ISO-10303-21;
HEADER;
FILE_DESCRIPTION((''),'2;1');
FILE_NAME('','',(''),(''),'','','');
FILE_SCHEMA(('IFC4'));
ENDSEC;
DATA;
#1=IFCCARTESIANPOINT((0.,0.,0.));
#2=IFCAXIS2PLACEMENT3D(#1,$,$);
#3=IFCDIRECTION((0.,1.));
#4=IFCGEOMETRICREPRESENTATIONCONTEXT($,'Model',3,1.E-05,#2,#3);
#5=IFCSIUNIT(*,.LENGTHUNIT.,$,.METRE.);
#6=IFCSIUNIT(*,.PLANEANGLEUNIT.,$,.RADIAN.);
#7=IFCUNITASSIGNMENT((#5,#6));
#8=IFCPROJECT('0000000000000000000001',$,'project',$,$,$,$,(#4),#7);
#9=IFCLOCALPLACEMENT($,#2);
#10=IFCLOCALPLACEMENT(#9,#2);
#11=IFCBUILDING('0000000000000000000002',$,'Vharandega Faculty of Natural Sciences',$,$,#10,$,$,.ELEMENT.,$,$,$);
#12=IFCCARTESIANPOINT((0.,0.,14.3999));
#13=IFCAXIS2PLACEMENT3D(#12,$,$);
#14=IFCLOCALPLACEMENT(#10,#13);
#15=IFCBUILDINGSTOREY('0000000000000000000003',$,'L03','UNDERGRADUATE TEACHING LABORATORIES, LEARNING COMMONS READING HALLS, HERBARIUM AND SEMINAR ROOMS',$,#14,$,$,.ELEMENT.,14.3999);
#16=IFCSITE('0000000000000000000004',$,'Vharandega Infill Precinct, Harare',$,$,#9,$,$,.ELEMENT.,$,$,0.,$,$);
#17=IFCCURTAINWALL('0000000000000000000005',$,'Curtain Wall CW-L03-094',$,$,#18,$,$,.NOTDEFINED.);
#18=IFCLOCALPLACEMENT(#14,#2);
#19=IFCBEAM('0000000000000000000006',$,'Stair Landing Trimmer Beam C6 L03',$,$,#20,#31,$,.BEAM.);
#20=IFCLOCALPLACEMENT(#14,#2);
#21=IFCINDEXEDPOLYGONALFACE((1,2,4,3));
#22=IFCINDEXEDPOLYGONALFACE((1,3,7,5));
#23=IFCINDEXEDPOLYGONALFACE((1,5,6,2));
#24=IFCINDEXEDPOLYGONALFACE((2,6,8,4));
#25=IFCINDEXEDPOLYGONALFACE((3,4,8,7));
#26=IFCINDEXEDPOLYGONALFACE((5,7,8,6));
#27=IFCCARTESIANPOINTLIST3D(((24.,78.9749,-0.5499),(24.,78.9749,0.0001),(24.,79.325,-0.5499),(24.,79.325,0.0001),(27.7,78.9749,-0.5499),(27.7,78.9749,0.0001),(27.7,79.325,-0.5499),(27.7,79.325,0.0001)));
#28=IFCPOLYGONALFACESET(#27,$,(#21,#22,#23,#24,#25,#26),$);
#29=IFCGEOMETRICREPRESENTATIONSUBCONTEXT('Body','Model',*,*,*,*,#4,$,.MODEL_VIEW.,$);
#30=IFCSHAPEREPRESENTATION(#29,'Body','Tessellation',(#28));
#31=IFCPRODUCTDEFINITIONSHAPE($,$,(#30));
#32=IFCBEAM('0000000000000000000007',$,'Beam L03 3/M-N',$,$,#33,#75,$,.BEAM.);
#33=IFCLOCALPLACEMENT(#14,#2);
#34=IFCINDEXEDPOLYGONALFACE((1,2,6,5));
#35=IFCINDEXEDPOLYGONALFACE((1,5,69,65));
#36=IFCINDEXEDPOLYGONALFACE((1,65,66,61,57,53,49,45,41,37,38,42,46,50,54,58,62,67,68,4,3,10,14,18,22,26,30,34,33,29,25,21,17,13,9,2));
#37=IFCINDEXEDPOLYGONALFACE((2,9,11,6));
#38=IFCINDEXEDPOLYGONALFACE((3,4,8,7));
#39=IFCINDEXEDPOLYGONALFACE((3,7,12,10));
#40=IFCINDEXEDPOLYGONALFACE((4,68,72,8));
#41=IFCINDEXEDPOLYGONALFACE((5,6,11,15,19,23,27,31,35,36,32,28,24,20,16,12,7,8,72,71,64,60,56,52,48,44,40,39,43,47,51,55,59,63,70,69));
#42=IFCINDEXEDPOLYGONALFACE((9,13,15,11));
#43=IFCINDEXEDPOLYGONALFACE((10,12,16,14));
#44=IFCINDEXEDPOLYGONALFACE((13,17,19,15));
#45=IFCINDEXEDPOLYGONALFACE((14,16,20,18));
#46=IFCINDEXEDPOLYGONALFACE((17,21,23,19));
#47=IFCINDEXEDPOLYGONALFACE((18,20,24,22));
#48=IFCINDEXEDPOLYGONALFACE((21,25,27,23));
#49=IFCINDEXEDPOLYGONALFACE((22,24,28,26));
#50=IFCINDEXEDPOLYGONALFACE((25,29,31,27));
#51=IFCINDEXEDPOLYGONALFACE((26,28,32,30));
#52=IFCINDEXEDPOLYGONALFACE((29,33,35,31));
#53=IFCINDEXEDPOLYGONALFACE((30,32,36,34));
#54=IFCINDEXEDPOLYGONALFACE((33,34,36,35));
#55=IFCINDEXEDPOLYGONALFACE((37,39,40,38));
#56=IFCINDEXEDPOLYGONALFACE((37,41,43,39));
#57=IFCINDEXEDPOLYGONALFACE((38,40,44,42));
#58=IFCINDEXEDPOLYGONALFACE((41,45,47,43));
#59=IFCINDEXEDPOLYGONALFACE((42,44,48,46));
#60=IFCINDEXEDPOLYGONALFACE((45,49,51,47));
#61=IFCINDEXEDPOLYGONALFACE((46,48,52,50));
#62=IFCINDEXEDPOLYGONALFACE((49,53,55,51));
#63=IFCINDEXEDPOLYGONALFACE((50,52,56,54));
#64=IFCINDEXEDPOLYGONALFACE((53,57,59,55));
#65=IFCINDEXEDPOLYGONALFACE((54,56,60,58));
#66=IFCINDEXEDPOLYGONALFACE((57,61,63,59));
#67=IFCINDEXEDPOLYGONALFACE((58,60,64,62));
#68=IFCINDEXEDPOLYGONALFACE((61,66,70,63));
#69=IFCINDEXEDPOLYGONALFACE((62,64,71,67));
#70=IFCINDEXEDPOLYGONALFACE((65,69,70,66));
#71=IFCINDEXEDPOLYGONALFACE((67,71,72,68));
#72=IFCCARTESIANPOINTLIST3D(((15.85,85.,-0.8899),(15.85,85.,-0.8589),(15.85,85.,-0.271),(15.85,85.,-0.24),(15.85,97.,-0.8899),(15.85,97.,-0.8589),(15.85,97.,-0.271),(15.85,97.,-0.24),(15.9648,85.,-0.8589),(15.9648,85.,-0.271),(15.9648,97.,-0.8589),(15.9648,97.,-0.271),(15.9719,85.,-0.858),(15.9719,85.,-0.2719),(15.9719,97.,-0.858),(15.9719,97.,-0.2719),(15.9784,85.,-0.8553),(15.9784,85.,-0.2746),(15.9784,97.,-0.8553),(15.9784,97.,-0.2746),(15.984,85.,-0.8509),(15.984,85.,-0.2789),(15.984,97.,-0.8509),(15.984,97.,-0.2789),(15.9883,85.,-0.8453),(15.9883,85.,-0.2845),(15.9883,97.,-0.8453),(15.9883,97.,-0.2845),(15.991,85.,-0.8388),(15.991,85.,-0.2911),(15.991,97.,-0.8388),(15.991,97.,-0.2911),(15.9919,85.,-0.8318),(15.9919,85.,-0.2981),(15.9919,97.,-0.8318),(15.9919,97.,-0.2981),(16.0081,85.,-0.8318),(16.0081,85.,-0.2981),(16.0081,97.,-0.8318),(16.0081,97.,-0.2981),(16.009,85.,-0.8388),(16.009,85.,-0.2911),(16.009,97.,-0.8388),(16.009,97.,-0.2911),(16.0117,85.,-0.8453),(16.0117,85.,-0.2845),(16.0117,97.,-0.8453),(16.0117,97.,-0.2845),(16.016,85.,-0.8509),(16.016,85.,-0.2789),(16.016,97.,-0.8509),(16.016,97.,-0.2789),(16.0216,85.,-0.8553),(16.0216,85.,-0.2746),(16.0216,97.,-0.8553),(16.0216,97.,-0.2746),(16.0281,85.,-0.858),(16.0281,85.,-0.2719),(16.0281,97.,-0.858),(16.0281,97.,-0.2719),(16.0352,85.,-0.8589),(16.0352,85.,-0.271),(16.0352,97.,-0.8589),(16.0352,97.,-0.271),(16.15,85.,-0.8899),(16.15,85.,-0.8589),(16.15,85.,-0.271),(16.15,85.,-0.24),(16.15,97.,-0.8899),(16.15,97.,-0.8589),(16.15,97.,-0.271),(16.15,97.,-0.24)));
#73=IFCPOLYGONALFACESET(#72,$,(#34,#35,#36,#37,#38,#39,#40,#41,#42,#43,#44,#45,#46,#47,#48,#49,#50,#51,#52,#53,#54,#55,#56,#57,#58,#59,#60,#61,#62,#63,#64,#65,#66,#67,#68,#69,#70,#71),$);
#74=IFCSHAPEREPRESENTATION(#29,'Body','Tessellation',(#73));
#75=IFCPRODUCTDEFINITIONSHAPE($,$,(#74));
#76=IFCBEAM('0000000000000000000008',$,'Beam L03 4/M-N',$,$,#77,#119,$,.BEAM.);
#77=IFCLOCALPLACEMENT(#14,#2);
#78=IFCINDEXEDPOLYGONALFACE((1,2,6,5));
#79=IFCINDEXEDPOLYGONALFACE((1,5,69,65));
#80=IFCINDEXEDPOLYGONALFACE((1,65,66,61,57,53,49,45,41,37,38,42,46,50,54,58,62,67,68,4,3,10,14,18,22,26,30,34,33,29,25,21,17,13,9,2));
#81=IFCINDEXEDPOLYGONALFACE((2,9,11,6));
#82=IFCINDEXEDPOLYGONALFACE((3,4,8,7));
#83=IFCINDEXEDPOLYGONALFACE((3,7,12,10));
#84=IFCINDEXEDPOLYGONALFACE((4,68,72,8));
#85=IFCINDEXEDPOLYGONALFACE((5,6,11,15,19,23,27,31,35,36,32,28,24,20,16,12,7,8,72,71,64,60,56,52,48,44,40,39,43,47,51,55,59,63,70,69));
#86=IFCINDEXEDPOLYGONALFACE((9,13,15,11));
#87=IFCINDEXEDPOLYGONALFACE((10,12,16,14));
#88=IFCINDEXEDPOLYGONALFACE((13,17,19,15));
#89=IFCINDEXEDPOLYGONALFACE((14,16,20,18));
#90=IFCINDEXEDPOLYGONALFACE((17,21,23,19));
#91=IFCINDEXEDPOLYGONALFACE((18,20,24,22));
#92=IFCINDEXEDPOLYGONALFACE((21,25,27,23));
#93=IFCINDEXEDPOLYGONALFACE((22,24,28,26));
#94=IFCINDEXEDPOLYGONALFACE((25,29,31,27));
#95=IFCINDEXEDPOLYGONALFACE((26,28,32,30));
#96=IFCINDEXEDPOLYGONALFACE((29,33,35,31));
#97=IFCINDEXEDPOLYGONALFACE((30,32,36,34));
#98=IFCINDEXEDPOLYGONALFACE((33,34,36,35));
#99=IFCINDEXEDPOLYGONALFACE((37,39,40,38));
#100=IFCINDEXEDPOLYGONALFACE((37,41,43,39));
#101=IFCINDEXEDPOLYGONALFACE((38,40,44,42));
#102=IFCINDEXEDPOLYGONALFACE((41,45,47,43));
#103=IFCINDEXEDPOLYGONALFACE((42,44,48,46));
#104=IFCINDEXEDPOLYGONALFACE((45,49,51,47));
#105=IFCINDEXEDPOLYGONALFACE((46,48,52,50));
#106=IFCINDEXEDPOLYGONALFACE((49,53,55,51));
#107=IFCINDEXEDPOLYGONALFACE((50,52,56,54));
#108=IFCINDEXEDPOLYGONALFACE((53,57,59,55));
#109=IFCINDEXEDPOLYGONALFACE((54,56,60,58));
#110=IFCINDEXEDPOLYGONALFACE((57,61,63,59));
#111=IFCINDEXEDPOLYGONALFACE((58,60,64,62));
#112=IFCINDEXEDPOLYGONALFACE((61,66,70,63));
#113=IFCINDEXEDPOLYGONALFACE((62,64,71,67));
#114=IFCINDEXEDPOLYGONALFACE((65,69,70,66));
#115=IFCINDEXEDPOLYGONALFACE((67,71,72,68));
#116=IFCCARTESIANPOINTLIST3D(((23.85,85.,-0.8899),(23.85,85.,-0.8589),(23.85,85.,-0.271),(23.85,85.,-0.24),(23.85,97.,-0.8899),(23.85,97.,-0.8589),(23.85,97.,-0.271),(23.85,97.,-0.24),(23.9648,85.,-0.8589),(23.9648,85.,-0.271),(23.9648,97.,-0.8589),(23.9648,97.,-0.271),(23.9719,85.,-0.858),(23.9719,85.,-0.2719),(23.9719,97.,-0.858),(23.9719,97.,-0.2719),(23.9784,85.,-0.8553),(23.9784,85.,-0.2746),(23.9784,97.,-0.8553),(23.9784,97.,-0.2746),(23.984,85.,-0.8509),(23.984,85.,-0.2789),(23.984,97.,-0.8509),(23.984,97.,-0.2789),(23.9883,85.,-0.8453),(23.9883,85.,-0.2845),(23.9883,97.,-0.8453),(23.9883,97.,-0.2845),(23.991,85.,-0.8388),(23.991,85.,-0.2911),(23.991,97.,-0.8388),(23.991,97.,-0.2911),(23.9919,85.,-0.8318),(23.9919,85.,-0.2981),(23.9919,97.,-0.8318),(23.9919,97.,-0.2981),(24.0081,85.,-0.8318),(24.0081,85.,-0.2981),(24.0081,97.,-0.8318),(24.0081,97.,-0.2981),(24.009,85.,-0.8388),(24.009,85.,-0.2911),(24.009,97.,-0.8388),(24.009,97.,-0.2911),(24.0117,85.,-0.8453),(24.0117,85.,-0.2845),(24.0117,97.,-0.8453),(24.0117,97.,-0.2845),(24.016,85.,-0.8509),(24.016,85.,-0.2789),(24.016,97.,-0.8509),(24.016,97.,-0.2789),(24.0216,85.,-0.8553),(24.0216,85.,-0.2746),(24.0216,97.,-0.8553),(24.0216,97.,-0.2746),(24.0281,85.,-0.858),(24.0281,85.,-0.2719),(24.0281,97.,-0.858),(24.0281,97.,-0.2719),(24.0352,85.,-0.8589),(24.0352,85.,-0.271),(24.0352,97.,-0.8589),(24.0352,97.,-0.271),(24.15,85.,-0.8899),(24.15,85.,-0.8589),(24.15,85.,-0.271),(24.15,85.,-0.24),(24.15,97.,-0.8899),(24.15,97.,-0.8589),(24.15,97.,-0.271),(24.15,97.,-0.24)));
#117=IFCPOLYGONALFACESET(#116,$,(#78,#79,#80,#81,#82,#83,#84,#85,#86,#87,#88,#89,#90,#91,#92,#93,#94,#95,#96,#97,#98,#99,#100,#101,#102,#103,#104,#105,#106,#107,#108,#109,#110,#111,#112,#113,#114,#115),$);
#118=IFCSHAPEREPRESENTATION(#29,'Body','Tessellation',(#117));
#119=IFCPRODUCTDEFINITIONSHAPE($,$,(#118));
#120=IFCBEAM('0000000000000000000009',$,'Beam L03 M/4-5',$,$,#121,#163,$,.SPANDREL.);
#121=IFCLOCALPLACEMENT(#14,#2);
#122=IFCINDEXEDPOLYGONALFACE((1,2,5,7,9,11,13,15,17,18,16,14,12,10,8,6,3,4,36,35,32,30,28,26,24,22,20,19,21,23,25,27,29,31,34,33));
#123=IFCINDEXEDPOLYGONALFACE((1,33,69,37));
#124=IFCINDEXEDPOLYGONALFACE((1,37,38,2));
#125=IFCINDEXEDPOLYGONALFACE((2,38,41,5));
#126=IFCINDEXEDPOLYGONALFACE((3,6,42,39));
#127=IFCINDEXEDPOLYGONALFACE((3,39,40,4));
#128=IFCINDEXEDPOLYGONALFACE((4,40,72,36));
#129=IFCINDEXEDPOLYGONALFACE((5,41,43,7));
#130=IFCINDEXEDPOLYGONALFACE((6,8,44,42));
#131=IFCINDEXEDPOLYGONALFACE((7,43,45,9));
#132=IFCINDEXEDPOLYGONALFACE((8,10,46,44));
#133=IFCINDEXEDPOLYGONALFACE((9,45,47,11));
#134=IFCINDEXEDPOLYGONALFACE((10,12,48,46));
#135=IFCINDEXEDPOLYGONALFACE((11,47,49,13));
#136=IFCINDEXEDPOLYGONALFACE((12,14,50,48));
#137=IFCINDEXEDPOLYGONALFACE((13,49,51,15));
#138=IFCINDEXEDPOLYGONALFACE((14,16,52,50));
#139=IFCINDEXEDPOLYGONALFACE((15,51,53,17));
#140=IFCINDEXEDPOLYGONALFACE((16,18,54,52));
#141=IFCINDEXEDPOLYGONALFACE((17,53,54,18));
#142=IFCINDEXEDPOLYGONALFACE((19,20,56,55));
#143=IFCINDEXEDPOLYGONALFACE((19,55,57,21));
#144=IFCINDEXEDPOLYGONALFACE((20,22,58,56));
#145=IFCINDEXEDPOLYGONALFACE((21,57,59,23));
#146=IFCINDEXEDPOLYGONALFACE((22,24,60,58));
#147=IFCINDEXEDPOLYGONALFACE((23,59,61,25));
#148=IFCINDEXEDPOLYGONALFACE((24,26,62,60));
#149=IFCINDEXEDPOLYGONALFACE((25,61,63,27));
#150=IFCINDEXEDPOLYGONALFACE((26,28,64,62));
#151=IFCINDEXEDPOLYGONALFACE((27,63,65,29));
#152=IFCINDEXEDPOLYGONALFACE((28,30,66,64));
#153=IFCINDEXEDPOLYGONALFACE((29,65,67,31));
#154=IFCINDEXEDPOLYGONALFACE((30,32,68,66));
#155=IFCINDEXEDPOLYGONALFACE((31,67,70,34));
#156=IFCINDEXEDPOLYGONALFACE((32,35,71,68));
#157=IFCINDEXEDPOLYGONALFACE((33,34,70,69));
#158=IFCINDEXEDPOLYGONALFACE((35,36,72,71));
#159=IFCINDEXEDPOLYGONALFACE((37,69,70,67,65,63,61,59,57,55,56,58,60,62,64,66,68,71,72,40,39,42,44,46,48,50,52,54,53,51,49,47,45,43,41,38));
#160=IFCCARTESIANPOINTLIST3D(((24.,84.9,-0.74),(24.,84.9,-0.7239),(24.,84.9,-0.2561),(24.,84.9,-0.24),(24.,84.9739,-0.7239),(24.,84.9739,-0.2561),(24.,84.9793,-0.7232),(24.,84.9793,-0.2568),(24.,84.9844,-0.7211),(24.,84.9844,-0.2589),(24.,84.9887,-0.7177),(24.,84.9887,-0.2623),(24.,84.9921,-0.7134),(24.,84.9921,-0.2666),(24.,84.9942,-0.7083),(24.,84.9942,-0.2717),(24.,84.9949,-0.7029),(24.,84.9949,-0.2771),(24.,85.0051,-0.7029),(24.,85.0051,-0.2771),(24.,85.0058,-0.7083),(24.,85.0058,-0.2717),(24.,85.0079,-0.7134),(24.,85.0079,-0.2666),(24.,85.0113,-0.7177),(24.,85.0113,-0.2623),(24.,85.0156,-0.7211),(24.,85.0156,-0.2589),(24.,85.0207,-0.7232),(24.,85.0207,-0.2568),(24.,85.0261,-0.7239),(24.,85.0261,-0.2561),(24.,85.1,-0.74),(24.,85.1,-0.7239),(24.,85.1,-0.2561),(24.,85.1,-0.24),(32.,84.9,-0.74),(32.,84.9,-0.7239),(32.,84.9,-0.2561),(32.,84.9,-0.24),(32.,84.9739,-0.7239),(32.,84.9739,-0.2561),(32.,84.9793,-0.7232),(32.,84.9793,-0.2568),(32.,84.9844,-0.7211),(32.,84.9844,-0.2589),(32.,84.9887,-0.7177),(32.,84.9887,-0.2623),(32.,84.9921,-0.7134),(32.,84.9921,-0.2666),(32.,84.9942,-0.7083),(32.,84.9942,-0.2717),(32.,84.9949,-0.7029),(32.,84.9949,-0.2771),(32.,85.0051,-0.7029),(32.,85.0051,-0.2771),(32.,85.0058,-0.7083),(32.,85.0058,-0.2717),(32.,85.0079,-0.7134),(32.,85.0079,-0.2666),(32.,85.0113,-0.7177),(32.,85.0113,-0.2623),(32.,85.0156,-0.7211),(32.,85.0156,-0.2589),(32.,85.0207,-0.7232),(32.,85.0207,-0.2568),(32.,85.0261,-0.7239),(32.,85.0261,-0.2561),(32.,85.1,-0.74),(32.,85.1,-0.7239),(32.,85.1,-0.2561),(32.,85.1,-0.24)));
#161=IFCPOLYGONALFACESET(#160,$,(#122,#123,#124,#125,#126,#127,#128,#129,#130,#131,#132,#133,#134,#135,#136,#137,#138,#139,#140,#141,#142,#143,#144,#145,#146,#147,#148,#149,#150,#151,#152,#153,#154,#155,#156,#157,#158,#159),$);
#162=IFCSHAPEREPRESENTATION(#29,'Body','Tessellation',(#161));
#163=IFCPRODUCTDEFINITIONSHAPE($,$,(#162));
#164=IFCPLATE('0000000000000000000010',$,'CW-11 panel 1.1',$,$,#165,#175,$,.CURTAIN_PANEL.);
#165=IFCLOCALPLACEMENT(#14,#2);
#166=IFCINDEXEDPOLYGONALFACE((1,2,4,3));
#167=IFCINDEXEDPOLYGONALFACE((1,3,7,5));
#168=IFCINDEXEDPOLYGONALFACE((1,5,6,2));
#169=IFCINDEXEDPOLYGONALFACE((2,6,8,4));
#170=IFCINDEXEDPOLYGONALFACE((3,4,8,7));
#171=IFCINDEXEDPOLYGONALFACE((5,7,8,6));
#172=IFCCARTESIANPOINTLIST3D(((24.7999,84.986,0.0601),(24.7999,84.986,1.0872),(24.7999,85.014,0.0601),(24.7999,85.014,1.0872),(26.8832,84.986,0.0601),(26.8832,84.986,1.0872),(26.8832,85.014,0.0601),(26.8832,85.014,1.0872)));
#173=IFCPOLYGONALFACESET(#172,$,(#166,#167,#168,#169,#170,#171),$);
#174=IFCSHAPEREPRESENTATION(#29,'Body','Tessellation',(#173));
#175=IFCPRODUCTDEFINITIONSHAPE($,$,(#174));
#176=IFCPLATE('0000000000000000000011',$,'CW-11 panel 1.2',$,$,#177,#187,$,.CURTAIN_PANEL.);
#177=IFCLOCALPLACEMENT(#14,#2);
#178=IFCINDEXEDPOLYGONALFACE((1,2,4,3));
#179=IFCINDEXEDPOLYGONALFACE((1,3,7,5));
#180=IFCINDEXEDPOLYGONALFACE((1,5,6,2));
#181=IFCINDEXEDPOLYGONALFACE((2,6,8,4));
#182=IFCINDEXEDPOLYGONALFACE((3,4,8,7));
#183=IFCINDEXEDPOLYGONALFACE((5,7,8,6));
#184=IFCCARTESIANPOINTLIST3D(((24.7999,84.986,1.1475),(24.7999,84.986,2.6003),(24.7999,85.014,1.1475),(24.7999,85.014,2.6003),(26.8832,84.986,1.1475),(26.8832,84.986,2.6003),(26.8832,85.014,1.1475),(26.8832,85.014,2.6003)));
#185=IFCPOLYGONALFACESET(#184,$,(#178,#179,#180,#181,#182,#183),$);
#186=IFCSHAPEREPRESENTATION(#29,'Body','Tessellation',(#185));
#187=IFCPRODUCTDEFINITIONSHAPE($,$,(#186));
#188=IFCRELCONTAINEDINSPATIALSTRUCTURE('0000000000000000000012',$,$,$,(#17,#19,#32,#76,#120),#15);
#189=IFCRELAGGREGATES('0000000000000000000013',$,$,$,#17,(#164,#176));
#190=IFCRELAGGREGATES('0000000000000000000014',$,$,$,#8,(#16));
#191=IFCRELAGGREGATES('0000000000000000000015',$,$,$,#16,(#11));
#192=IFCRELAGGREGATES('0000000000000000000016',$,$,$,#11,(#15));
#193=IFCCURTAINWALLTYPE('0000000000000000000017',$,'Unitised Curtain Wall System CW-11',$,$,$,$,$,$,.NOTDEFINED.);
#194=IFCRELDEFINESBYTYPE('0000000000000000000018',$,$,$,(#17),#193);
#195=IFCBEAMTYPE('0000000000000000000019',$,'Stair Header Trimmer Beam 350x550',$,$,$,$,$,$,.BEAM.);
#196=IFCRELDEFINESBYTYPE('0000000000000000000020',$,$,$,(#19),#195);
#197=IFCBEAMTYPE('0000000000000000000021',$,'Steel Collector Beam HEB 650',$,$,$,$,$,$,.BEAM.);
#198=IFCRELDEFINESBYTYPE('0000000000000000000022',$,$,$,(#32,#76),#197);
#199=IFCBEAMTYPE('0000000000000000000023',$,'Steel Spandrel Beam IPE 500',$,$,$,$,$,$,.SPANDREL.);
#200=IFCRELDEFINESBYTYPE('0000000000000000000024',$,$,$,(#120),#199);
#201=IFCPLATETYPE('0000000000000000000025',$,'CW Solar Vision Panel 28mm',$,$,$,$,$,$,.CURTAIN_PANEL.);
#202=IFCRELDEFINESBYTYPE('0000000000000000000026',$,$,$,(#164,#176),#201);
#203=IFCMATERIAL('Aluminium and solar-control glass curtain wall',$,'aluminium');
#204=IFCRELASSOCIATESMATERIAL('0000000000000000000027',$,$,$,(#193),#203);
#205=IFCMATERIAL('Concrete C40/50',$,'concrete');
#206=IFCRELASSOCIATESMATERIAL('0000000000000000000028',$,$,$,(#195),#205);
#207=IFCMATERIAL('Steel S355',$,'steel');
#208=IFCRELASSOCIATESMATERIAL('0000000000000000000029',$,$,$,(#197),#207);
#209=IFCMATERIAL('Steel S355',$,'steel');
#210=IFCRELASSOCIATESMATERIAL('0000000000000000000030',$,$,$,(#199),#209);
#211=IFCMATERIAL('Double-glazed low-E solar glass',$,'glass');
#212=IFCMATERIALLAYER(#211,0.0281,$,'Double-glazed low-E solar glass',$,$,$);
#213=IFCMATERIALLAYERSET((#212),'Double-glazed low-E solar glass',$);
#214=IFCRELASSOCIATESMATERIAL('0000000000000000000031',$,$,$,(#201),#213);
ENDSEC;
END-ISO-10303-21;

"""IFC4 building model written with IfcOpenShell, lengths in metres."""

from ifc_helpers import new_model, si_unit, direction, frame, origin, origin_2d, place, context, subcontext, project, spatial, rectangle, i_section, extrude, material, layer, layer_set, material_profile, profile_set, type_object, element, aggregate, save


model = new_model("IFC4")

# Units and contexts
model_context = context("Model", 3, precision=1e-05, world=origin(), true_north=direction((0.0, 1.0)))
body_context = subcontext(model_context, "Body", "Model", "MODEL_VIEW")
ifc_project = project(units=[si_unit("LENGTHUNIT", "METRE"), si_unit("PLANEANGLEUNIT", "RADIAN")], contexts=[model_context])

# Site, building, storey
site_placement = place(None, origin())
site = spatial("IfcSite", under=ifc_project, at=site_placement, Name="Vharandega Infill Precinct, Harare", CompositionType="ELEMENT", RefElevation=0.0)
building_placement = place(site_placement, origin())
building = spatial("IfcBuilding", under=site, at=building_placement, Name="Vharandega Faculty of Natural Sciences", CompositionType="ELEMENT")
storey_placement = place(building_placement, frame((0.0, 0.0, 14.3999)))
storey = spatial("IfcBuildingStorey", under=building, at=storey_placement, Name="L03", Description="UNDERGRADUATE TEACHING LABORATORIES, LEARNING COMMONS READING HALLS, HERBARIUM AND SEMINAR ROOMS", CompositionType="ELEMENT", Elevation=14.3999)

# Curtain wall
ifc_material_1 = material(Name="Aluminium and solar-control glass curtain wall", Category="aluminium")
curtain_wall_type = type_object("IfcCurtainWallType", Name="Unitised Curtain Wall System CW-11", PredefinedType="NOTDEFINED", material=ifc_material_1)
curtain_wall_placement = place(storey_placement, origin())
curtain_wall = element("IfcCurtainWall", 1, at=curtain_wall_placement, inside=storey, type_object=curtain_wall_type, Name="Curtain Wall CW-L03-094", PredefinedType="NOTDEFINED")

# Beams
ifc_material_2 = material(Name="Concrete C40/50", Category="concrete")
ifc_material_profile_1 = material_profile(ifc_material_2, rectangle(XDim=0.3501, YDim=0.55, at=origin_2d()), Name="RC 350x550")
ifc_profile_set_1 = profile_set([ifc_material_profile_1], Name="Concrete C40/50")
beam_type_1 = type_object("IfcBeamType", Name="Stair Header Trimmer Beam 350x550", PredefinedType="BEAM", material=ifc_profile_set_1)
beam_1_placement = place(storey_placement, frame((24.0, 79.1499, -0.2749), z_axis=(1.0, 0.0, 0.0), x_axis=(0.0, 1.0, 0.0)))
element("IfcBeam", 2, at=beam_1_placement, inside=storey, type_object=beam_type_1, Name="Stair Landing Trimmer Beam C6 L03", PredefinedType="BEAM", context=body_context, shape_type="SweptSolid", body=[
    extrude(rectangle(XDim=0.3501, YDim=0.55, at=origin_2d()), origin(), (0.0, 0.0, 1.0), 3.7),
])
ifc_material_3 = material(Name="Steel S355", Category="steel")
ifc_material_profile_2 = material_profile(ifc_material_3, i_section(OverallWidth=0.3, OverallDepth=0.6499, WebThickness=0.0161, FlangeThickness=0.031, FilletRadius=0.0271, at=origin_2d()), Name="HEB 650")
ifc_profile_set_2 = profile_set([ifc_material_profile_2], Name="Steel S355")
beam_type_2 = type_object("IfcBeamType", Name="Steel Collector Beam HEB 650", PredefinedType="BEAM", material=ifc_profile_set_2)
for number, where, z_axis, x_axis, name in (
    (3, (16.0, 85.0, -0.5649), (0.0, 1.0, 0.0), (-1.0, 0.0, 0.0), "Beam L03 3/M-N"),
    (4, (24.0, 85.0, -0.5649), (0.0, 1.0, 0.0), (-1.0, 0.0, 0.0), "Beam L03 4/M-N"),
):
    element("IfcBeam", number, at=place(storey_placement, frame(where, z_axis=z_axis, x_axis=x_axis)), inside=storey, type_object=beam_type_2, Name=name, PredefinedType="BEAM", context=body_context, shape_type="SweptSolid", body=[
        extrude(i_section(OverallWidth=0.3, OverallDepth=0.6499, WebThickness=0.0161, FlangeThickness=0.031, FilletRadius=0.0271, at=origin_2d()), origin(), (0.0, 0.0, 1.0), 12.0),
    ])
ifc_material_4 = material(Name="Steel S355", Category="steel")
ifc_material_profile_3 = material_profile(ifc_material_4, i_section(OverallWidth=0.2, OverallDepth=0.5, WebThickness=0.0103, FlangeThickness=0.0161, FilletRadius=0.021, at=origin_2d()), Name="IPE 500")
ifc_profile_set_3 = profile_set([ifc_material_profile_3], Name="Steel S355")
beam_type_3 = type_object("IfcBeamType", Name="Steel Spandrel Beam IPE 500", PredefinedType="SPANDREL", material=ifc_profile_set_3)
beam_2_placement = place(storey_placement, frame((24.0, 85.0, -0.49), z_axis=(1.0, 0.0, 0.0), x_axis=(0.0, 1.0, 0.0)))
element("IfcBeam", 5, at=beam_2_placement, inside=storey, type_object=beam_type_3, Name="Beam L03 M/4-5", PredefinedType="SPANDREL", context=body_context, shape_type="SweptSolid", body=[
    extrude(i_section(OverallWidth=0.2, OverallDepth=0.5, WebThickness=0.0103, FlangeThickness=0.0161, FilletRadius=0.021, at=origin_2d()), origin(), (0.0, 0.0, 1.0), 8.0),
])

# Plates
ifc_material_5 = material(Name="Double-glazed low-E solar glass", Category="glass")
ifc_layer_1 = layer(ifc_material_5, 0.0281, Name="Double-glazed low-E solar glass")
ifc_layer_set_1 = layer_set([ifc_layer_1], Name="Double-glazed low-E solar glass")
plate_type = type_object("IfcPlateType", Name="CW Solar Vision Panel 28mm", PredefinedType="CURTAIN_PANEL", material=ifc_layer_set_1)
plate_1_placement = place(storey_placement, frame((25.8416, 85.0, 0.0601), z_axis=(0.0, 0.0, 1.0), x_axis=(1.0, 0.0, 0.0)))
plate_1 = element("IfcPlate", 6, at=plate_1_placement, type_object=plate_type, Name="CW-11 panel 1.1", PredefinedType="CURTAIN_PANEL", context=body_context, shape_type="SweptSolid", body=[
    extrude(rectangle(XDim=2.0833, YDim=0.0281, at=origin_2d()), origin(), (0.0, 0.0, 1.0), 1.0271),
])
plate_2_placement = place(storey_placement, frame((25.8416, 85.0, 1.1475), z_axis=(0.0, 0.0, 1.0), x_axis=(1.0, 0.0, 0.0)))
plate_2 = element("IfcPlate", 7, at=plate_2_placement, type_object=plate_type, Name="CW-11 panel 1.2", PredefinedType="CURTAIN_PANEL", context=body_context, shape_type="SweptSolid", body=[
    extrude(rectangle(XDim=2.0833, YDim=0.0281, at=origin_2d()), origin(), (0.0, 0.0, 1.0), 1.4529),
])
aggregate(curtain_wall, [plate_1, plate_2])

save(model, "model.ifc")
